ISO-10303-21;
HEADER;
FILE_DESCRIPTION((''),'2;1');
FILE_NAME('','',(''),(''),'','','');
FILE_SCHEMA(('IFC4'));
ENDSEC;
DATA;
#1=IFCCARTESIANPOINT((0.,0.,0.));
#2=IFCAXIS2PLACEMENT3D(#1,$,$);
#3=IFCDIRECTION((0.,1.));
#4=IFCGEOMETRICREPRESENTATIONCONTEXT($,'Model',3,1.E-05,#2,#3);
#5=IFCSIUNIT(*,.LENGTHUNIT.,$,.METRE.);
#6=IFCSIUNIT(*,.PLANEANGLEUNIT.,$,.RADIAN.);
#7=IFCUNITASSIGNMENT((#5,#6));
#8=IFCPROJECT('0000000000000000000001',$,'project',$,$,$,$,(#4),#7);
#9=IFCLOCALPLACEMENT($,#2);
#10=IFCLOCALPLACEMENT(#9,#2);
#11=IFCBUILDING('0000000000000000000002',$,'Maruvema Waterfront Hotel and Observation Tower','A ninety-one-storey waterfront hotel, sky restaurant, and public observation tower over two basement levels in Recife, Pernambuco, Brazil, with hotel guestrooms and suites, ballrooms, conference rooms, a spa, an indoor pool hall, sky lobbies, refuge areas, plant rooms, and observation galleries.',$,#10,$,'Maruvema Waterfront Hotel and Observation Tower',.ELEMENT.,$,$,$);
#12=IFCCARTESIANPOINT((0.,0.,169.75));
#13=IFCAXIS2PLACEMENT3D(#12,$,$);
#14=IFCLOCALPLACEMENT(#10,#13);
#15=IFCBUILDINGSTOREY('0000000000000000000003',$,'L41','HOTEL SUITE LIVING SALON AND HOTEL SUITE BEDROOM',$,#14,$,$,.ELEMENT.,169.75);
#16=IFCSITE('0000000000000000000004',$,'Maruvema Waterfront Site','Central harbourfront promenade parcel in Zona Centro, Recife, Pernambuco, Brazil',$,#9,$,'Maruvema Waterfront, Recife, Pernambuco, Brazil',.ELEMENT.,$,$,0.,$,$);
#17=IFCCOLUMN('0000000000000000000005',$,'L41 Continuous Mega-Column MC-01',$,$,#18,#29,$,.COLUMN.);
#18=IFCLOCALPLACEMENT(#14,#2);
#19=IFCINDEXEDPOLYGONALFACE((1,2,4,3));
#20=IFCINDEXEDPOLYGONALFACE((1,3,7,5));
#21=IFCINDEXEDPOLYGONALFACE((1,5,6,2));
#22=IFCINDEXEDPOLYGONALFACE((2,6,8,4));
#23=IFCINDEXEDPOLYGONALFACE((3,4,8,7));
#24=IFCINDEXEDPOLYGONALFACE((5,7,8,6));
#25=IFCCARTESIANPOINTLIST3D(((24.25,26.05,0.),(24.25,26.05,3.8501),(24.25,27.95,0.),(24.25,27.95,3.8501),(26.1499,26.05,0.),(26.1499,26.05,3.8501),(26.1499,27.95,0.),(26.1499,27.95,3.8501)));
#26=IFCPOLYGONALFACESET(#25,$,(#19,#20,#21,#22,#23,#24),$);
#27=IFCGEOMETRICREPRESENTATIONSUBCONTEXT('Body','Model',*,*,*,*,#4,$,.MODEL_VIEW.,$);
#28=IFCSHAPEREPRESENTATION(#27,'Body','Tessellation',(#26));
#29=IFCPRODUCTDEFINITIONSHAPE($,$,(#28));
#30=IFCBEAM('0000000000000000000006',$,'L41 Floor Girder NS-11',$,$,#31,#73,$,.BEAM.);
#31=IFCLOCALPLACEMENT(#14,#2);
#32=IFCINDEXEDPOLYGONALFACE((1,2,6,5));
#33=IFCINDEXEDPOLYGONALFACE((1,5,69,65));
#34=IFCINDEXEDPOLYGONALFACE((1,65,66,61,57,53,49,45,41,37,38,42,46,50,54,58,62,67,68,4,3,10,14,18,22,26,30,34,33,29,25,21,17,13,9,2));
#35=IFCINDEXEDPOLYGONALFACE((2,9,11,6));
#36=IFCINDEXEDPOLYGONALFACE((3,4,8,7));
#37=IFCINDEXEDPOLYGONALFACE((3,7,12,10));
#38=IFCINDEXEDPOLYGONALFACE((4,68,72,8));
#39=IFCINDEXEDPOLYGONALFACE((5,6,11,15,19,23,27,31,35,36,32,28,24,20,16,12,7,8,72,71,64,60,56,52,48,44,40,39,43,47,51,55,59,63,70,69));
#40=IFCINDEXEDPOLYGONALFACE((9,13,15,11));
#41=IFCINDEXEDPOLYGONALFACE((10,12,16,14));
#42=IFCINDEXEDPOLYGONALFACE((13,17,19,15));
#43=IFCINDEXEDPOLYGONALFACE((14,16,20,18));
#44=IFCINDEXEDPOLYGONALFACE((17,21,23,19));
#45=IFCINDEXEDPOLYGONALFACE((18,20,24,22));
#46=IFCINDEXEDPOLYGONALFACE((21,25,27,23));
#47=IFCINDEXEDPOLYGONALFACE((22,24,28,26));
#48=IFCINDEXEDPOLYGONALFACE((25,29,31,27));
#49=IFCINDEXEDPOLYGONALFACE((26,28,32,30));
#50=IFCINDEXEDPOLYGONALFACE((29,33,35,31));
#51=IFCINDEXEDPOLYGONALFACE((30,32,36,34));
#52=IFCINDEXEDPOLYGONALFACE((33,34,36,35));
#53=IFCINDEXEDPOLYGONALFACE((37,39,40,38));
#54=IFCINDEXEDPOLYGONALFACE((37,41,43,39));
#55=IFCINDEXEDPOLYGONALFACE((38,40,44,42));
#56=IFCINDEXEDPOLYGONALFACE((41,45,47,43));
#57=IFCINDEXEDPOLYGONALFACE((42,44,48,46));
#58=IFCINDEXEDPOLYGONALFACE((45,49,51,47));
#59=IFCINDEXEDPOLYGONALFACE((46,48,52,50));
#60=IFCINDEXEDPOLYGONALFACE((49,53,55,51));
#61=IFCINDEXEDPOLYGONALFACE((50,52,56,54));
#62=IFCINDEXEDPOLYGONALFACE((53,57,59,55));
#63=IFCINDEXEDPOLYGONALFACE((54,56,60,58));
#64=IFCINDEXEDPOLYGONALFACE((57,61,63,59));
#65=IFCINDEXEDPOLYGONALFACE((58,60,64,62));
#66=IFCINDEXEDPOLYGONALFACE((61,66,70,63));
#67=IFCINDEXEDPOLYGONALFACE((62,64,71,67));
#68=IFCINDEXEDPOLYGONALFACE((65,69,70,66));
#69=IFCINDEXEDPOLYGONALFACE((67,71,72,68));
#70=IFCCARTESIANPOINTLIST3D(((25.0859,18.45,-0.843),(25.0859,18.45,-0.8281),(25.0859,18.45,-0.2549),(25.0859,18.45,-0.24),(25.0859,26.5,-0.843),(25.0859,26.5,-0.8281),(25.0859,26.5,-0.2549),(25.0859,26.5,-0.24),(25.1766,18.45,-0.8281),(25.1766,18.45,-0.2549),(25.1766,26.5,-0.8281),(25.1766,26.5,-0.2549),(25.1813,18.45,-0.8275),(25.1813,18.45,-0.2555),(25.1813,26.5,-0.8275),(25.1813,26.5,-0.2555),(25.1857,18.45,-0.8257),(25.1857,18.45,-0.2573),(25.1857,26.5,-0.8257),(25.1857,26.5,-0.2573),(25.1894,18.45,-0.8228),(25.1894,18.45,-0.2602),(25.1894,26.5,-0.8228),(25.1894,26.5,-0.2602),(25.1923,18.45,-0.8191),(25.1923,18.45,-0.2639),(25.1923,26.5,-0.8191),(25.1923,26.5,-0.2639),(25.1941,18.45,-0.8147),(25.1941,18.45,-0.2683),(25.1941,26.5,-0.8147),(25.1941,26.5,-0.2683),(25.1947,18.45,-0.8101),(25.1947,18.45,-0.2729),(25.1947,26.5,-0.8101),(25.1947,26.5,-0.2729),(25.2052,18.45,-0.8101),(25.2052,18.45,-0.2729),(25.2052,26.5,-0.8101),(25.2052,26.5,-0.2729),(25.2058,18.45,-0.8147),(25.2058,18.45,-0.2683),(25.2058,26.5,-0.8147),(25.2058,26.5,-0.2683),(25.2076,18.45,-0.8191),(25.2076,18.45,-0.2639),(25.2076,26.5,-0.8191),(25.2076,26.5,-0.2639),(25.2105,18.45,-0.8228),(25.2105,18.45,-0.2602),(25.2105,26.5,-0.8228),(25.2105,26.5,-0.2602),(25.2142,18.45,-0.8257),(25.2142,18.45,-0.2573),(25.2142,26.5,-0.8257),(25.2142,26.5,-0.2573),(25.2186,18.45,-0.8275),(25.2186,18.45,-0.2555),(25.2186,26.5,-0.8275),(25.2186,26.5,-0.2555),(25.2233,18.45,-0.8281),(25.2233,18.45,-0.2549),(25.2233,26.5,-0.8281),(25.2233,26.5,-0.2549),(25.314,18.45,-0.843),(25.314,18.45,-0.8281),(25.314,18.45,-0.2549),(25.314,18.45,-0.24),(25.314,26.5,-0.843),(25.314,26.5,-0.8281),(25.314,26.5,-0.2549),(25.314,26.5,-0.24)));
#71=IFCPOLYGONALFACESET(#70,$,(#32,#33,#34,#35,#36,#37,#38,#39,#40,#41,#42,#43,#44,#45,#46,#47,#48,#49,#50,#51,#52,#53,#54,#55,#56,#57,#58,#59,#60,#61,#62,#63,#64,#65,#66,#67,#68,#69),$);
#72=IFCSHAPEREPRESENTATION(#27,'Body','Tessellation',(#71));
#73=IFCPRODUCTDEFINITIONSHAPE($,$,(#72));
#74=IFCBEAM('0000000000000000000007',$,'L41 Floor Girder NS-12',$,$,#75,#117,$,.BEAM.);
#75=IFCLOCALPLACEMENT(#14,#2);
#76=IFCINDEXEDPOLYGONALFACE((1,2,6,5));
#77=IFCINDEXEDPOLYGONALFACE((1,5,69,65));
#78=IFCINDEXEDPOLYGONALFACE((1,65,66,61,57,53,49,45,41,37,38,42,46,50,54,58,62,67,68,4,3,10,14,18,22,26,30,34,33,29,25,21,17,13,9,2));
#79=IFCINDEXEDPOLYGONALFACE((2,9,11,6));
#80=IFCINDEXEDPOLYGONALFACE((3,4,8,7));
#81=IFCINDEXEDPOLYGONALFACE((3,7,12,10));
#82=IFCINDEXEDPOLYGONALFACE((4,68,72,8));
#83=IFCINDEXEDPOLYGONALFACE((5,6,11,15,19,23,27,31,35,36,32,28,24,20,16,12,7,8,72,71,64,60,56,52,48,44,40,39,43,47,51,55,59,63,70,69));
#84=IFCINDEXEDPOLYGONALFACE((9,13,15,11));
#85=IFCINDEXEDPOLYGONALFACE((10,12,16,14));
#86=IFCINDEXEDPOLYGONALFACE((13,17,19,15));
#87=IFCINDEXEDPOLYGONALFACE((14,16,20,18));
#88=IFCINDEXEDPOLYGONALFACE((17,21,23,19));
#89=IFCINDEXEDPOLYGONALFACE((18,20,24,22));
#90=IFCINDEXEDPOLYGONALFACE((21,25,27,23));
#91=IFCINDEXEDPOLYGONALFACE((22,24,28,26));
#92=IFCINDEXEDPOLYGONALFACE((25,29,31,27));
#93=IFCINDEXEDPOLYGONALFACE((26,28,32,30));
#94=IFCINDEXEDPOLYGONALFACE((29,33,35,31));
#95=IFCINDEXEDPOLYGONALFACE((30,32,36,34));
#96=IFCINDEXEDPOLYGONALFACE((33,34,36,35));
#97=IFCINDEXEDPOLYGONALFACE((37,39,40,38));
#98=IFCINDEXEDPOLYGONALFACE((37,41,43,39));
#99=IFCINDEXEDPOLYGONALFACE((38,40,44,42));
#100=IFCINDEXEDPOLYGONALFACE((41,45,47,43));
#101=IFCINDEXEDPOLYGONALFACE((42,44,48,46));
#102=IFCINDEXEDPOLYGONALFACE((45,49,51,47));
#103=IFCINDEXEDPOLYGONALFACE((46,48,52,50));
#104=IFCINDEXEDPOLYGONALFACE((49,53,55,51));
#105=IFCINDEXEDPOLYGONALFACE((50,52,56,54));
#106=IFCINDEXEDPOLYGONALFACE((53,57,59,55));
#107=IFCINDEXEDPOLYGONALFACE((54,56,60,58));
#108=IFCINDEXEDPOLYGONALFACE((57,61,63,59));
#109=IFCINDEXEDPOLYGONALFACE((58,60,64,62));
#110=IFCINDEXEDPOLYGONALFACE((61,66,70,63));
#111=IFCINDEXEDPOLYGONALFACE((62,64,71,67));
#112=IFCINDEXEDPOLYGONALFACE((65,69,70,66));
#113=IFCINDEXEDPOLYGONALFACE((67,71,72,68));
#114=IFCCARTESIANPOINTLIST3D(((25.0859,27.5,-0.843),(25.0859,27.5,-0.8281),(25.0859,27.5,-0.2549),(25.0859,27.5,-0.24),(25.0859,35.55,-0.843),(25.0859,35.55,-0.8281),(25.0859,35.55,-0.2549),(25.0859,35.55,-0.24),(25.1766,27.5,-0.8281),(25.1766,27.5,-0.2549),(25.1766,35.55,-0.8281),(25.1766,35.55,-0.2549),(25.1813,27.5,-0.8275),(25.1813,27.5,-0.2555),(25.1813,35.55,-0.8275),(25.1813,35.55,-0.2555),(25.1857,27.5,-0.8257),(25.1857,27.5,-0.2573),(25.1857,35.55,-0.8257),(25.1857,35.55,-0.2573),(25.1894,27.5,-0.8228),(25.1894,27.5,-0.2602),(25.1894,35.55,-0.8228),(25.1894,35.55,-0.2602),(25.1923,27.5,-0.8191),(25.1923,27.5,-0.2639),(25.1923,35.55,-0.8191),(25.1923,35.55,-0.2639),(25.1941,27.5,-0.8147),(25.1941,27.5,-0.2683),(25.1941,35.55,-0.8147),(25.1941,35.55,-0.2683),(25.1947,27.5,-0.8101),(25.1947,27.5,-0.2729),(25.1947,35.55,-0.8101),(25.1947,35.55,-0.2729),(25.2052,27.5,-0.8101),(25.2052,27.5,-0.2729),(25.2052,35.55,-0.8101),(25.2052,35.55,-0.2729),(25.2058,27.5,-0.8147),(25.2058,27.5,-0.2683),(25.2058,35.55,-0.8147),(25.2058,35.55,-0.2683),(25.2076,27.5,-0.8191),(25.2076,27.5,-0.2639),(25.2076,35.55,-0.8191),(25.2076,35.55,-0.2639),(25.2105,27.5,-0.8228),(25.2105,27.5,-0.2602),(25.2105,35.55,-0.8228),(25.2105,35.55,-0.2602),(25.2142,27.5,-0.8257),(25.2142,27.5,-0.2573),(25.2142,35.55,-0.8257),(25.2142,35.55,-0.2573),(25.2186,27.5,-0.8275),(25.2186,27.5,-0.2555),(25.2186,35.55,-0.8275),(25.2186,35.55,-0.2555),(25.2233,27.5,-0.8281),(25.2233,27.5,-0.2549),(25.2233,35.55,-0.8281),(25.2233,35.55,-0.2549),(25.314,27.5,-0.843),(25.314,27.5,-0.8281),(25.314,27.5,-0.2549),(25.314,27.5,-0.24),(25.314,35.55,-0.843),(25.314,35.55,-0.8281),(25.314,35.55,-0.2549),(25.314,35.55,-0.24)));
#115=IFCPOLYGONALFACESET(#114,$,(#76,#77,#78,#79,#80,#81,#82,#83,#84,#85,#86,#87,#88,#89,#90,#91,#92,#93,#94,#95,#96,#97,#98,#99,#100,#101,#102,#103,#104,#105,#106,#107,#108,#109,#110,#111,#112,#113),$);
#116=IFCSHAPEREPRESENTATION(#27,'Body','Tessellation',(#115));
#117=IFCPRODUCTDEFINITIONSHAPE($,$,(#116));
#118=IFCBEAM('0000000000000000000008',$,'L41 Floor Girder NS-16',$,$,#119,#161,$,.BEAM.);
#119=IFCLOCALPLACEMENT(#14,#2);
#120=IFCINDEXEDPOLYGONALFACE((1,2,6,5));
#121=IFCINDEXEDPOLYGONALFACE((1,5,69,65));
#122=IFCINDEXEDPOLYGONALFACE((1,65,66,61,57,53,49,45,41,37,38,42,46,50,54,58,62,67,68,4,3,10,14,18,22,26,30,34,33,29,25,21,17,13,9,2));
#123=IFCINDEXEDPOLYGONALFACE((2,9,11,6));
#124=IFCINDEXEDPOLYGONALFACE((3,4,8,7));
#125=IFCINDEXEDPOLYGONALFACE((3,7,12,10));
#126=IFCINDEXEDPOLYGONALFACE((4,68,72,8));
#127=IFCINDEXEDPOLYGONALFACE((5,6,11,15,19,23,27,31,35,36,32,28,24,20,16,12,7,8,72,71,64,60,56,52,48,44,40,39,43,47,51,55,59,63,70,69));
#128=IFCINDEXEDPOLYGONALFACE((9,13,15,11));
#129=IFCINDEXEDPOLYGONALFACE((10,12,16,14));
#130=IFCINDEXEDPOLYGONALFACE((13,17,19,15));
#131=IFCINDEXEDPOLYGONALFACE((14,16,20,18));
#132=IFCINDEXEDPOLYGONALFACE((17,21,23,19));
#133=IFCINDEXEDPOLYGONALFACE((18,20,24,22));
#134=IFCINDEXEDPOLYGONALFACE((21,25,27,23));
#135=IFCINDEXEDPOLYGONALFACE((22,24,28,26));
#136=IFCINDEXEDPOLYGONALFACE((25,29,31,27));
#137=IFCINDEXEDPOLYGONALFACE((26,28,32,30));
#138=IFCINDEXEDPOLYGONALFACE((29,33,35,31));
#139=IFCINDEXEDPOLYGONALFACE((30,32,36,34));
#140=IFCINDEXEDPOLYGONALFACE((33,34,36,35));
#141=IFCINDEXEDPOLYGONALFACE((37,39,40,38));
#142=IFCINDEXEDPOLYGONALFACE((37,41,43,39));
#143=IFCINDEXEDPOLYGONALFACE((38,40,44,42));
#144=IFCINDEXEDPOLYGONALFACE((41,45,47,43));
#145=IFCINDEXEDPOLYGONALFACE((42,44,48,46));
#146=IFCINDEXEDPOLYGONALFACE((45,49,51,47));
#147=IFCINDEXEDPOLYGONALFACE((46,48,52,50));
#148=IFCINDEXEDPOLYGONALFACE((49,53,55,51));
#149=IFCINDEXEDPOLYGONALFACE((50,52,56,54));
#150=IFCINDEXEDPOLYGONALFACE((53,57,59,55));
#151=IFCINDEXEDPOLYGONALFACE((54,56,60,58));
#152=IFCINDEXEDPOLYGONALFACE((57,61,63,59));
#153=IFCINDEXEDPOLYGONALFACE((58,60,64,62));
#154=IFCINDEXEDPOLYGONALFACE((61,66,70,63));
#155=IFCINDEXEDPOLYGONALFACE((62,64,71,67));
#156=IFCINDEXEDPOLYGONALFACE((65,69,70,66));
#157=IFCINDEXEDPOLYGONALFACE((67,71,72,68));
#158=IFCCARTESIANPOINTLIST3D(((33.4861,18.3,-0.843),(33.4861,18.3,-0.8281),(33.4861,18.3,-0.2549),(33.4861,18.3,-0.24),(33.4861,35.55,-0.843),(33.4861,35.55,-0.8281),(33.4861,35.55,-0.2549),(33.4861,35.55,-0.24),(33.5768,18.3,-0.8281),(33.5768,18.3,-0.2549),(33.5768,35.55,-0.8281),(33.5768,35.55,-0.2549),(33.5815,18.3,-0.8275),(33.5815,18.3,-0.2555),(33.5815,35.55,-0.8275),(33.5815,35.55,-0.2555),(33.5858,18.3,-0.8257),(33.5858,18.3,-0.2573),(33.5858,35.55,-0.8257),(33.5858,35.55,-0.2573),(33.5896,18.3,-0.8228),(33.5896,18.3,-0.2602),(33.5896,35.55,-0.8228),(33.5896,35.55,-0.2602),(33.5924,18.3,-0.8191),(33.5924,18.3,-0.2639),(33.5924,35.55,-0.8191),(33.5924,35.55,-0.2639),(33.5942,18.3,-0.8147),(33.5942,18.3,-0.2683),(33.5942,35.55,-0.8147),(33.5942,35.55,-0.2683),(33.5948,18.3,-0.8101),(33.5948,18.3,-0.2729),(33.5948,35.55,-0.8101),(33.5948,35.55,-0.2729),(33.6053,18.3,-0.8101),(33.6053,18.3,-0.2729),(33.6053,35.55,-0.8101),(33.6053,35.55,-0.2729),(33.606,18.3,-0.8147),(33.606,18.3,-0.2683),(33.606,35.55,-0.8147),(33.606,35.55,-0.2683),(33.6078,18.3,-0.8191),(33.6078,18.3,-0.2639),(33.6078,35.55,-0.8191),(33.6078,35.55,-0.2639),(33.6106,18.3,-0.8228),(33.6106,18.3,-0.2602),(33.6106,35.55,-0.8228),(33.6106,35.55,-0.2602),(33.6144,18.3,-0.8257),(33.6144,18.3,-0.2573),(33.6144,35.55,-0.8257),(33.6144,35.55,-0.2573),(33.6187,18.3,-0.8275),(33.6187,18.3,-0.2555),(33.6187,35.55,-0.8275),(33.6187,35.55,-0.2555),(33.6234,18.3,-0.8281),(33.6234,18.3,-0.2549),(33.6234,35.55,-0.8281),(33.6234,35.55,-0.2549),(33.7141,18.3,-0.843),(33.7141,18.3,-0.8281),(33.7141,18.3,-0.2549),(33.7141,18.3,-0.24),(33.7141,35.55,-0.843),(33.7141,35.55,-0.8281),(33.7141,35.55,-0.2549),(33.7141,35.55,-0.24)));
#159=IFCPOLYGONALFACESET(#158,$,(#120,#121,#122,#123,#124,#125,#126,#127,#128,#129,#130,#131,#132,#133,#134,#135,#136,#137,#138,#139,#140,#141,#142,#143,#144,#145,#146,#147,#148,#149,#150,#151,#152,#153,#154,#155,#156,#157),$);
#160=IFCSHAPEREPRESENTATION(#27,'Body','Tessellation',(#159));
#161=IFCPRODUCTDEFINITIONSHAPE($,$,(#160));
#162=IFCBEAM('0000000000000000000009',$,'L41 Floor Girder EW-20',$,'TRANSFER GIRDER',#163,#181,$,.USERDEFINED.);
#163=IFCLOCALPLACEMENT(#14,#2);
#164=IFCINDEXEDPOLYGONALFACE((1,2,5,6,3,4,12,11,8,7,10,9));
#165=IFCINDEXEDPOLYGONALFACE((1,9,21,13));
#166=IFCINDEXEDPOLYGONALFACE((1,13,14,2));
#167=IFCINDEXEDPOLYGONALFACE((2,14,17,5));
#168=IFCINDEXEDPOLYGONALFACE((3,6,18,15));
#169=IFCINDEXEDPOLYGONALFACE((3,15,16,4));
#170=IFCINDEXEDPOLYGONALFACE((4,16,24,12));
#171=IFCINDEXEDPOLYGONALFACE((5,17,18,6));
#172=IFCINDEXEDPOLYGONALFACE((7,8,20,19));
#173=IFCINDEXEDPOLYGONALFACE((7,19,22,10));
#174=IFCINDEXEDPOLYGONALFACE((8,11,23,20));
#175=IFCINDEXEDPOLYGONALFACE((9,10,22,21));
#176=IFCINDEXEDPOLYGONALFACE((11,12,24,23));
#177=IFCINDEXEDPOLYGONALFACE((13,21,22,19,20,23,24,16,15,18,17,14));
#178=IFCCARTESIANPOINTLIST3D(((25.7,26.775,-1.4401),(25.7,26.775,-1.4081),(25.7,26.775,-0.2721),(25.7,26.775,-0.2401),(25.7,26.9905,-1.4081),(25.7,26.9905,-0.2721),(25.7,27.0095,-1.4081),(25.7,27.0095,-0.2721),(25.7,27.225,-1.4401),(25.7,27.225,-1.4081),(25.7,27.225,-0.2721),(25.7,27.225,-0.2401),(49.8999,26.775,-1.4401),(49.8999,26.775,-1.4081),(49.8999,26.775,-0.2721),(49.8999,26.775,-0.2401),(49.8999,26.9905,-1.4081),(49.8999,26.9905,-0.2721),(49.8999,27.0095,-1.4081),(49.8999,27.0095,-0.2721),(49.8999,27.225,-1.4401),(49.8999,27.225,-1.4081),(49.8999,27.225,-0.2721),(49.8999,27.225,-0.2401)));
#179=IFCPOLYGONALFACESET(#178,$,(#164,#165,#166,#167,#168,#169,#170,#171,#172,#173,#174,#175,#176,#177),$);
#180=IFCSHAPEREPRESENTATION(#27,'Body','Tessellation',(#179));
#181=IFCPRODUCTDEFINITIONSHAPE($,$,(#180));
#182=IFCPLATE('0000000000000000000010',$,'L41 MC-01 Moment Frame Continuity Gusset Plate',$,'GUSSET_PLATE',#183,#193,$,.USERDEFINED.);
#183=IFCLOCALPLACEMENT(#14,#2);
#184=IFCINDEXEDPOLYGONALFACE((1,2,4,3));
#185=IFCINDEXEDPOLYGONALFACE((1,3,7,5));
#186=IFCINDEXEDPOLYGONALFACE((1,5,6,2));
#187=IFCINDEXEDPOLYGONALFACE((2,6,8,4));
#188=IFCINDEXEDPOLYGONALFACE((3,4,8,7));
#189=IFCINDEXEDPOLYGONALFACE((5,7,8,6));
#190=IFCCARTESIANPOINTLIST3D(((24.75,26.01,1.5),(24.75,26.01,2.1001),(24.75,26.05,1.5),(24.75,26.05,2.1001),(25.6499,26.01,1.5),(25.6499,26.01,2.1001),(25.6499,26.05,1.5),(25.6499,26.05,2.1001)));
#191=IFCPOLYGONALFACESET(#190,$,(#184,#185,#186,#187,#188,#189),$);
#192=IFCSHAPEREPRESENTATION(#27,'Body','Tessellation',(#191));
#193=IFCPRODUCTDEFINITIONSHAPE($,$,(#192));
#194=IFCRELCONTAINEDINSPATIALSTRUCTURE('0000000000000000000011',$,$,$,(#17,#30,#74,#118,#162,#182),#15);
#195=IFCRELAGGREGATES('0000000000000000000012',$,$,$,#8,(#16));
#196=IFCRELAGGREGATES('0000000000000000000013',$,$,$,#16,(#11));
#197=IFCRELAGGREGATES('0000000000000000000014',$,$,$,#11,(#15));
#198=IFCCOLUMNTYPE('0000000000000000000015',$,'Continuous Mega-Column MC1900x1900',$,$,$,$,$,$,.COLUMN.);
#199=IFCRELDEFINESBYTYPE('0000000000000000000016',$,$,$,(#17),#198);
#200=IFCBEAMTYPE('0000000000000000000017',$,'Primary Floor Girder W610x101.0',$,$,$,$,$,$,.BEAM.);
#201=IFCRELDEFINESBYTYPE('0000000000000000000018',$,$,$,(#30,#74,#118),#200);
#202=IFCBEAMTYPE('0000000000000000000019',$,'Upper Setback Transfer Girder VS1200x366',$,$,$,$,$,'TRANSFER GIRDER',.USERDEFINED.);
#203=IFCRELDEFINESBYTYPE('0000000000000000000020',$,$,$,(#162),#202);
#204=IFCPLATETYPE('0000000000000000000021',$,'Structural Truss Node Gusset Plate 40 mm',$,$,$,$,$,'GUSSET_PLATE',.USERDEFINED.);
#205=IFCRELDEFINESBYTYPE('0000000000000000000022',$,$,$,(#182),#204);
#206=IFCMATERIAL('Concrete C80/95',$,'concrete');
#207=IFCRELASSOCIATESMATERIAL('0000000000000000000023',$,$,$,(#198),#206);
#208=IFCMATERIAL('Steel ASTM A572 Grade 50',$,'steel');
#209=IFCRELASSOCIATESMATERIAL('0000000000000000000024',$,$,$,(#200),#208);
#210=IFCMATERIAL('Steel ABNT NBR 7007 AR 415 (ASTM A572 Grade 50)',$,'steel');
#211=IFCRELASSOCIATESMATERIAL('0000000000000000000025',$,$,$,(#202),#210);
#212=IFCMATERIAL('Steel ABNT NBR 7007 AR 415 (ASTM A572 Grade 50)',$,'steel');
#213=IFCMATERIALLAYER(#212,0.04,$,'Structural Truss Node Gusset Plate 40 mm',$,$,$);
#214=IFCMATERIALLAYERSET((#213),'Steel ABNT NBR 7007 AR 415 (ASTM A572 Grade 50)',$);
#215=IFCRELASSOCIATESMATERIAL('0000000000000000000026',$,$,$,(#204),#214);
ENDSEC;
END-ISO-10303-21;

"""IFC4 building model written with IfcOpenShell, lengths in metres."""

from ifc_helpers import new_model, si_unit, direction, frame, origin, origin_2d, place, context, subcontext, project, spatial, rectangle, i_section, extrude, material, layer, layer_set, material_profile, profile_set, type_object, element, save


model = new_model("IFC4")

# Units and contexts
model_context = context("Model", 3, precision=1e-05, world=origin(), true_north=direction((0.0, 1.0)))
body_context = subcontext(model_context, "Body", "Model", "MODEL_VIEW")
ifc_project = project(units=[si_unit("LENGTHUNIT", "METRE"), si_unit("PLANEANGLEUNIT", "RADIAN")], contexts=[model_context])

# Site, building, storey
site_placement = place(None, origin())
site = spatial("IfcSite", under=ifc_project, at=site_placement, Name="Maruvema Waterfront Site", Description="Central harbourfront promenade parcel in Zona Centro, Recife, Pernambuco, Brazil", LongName="Maruvema Waterfront, Recife, Pernambuco, Brazil", CompositionType="ELEMENT", RefElevation=0.0)
building_placement = place(site_placement, origin())
building = spatial("IfcBuilding", under=site, at=building_placement, Name="Maruvema Waterfront Hotel and Observation Tower", Description="A ninety-one-storey waterfront hotel, sky restaurant, and public observation tower over two basement levels in Recife, Pernambuco, Brazil, with hotel guestrooms and suites, ballrooms, conference rooms, a spa, an indoor pool hall, sky lobbies, refuge areas, plant rooms, and observation galleries.", LongName="Maruvema Waterfront Hotel and Observation Tower", CompositionType="ELEMENT")
storey_placement = place(building_placement, frame((0.0, 0.0, 169.75)))
storey = spatial("IfcBuildingStorey", under=building, at=storey_placement, Name="L41", Description="HOTEL SUITE LIVING SALON AND HOTEL SUITE BEDROOM", CompositionType="ELEMENT", Elevation=169.75)

# Column
ifc_material_1 = material(Name="Concrete C80/95", Category="concrete")
ifc_material_profile_1 = material_profile(ifc_material_1, rectangle(XDim=1.8999, YDim=1.8999, at=origin_2d()), Name="MC1900x1900")
ifc_profile_set_1 = profile_set([ifc_material_profile_1], Name="Concrete C80/95")
column_type = type_object("IfcColumnType", Name="Continuous Mega-Column MC1900x1900", PredefinedType="COLUMN", material=ifc_profile_set_1)
column_placement = place(storey_placement, frame((25.2, 27.0, 0.0), z_axis=(0.0, 0.0, 1.0), x_axis=(1.0, 0.0, 0.0)))
element("IfcColumn", 1, at=column_placement, inside=storey, type_object=column_type, Name="L41 Continuous Mega-Column MC-01", PredefinedType="COLUMN", context=body_context, shape_type="SweptSolid", body=[
    extrude(rectangle(XDim=1.8999, YDim=1.8999, at=origin_2d()), origin(), (0.0, 0.0, 1.0), 3.8501),
])

# Beams
ifc_material_2 = material(Name="Steel ASTM A572 Grade 50", Category="steel")
ifc_material_profile_2 = material_profile(ifc_material_2, i_section(OverallWidth=0.228, OverallDepth=0.603, WebThickness=0.0105, FlangeThickness=0.0149, FilletRadius=0.0181, at=origin_2d()), Name="W610x101.0")
ifc_profile_set_2 = profile_set([ifc_material_profile_2], Name="Steel ASTM A572 Grade 50")
beam_type_1 = type_object("IfcBeamType", Name="Primary Floor Girder W610x101.0", PredefinedType="BEAM", material=ifc_profile_set_2)
for number, where, z_axis, x_axis, name in (
    (2, (25.2, 18.45, -0.5415), (0.0, 1.0, 0.0), (-1.0, 0.0, 0.0), "L41 Floor Girder NS-11"),
    (3, (25.2, 27.5, -0.5415), (0.0, 1.0, 0.0), (-1.0, 0.0, 0.0), "L41 Floor Girder NS-12"),
):
    element("IfcBeam", number, at=place(storey_placement, frame(where, z_axis=z_axis, x_axis=x_axis)), inside=storey, type_object=beam_type_1, Name=name, PredefinedType="BEAM", context=body_context, shape_type="SweptSolid", body=[
        extrude(i_section(OverallWidth=0.228, OverallDepth=0.603, WebThickness=0.0105, FlangeThickness=0.0149, FilletRadius=0.0181, at=origin_2d()), origin(), (0.0, 0.0, 1.0), 8.05),
    ])
beam_1_placement = place(storey_placement, frame((33.6001, 18.3, -0.5415), z_axis=(0.0, 1.0, 0.0), x_axis=(-1.0, 0.0, 0.0)))
element("IfcBeam", 4, at=beam_1_placement, inside=storey, type_object=beam_type_1, Name="L41 Floor Girder NS-16", PredefinedType="BEAM", context=body_context, shape_type="SweptSolid", body=[
    extrude(i_section(OverallWidth=0.228, OverallDepth=0.603, WebThickness=0.0105, FlangeThickness=0.0149, FilletRadius=0.0181, at=origin_2d()), origin(), (0.0, 0.0, 1.0), 17.25),
])
ifc_material_3 = material(Name="Steel ABNT NBR 7007 AR 415 (ASTM A572 Grade 50)", Category="steel")
ifc_material_profile_3 = material_profile(ifc_material_3, i_section(OverallWidth=0.45, OverallDepth=1.2, WebThickness=0.019, FlangeThickness=0.032, at=origin_2d()), Name="VS1200x366")
ifc_profile_set_3 = profile_set([ifc_material_profile_3], Name="Steel ABNT NBR 7007 AR 415 (ASTM A572 Grade 50)")
beam_type_2 = type_object("IfcBeamType", Name="Upper Setback Transfer Girder VS1200x366", ElementType="TRANSFER GIRDER", PredefinedType="USERDEFINED", material=ifc_profile_set_3)
beam_2_placement = place(storey_placement, frame((25.7, 27.0, -0.8401), z_axis=(1.0, 0.0, 0.0), x_axis=(0.0, 1.0, 0.0)))
element("IfcBeam", 5, at=beam_2_placement, inside=storey, type_object=beam_type_2, Name="L41 Floor Girder EW-20", ObjectType="TRANSFER GIRDER", PredefinedType="USERDEFINED", context=body_context, shape_type="SweptSolid", body=[
    extrude(i_section(OverallWidth=0.45, OverallDepth=1.2, WebThickness=0.019, FlangeThickness=0.032, at=origin_2d()), origin(), (0.0, 0.0, 1.0), 24.2),
])

# Plate
ifc_material_4 = material(Name="Steel ABNT NBR 7007 AR 415 (ASTM A572 Grade 50)", Category="steel")
ifc_layer_1 = layer(ifc_material_4, 0.04, Name="Structural Truss Node Gusset Plate 40 mm")
ifc_layer_set_1 = layer_set([ifc_layer_1], Name="Steel ABNT NBR 7007 AR 415 (ASTM A572 Grade 50)")
plate_type = type_object("IfcPlateType", Name="Structural Truss Node Gusset Plate 40 mm", ElementType="GUSSET_PLATE", PredefinedType="USERDEFINED", material=ifc_layer_set_1)
plate_placement = place(storey_placement, frame((25.2, 26.03, 1.5), z_axis=(0.0, 0.0, 1.0), x_axis=(1.0, 0.0, 0.0)))
element("IfcPlate", 6, at=plate_placement, inside=storey, type_object=plate_type, Name="L41 MC-01 Moment Frame Continuity Gusset Plate", ObjectType="GUSSET_PLATE", PredefinedType="USERDEFINED", context=body_context, shape_type="SweptSolid", body=[
    extrude(rectangle(XDim=0.8999, YDim=0.04, at=origin_2d()), origin(), (0.0, 0.0, 1.0), 0.6001),
])

save(model, "model.ifc")
